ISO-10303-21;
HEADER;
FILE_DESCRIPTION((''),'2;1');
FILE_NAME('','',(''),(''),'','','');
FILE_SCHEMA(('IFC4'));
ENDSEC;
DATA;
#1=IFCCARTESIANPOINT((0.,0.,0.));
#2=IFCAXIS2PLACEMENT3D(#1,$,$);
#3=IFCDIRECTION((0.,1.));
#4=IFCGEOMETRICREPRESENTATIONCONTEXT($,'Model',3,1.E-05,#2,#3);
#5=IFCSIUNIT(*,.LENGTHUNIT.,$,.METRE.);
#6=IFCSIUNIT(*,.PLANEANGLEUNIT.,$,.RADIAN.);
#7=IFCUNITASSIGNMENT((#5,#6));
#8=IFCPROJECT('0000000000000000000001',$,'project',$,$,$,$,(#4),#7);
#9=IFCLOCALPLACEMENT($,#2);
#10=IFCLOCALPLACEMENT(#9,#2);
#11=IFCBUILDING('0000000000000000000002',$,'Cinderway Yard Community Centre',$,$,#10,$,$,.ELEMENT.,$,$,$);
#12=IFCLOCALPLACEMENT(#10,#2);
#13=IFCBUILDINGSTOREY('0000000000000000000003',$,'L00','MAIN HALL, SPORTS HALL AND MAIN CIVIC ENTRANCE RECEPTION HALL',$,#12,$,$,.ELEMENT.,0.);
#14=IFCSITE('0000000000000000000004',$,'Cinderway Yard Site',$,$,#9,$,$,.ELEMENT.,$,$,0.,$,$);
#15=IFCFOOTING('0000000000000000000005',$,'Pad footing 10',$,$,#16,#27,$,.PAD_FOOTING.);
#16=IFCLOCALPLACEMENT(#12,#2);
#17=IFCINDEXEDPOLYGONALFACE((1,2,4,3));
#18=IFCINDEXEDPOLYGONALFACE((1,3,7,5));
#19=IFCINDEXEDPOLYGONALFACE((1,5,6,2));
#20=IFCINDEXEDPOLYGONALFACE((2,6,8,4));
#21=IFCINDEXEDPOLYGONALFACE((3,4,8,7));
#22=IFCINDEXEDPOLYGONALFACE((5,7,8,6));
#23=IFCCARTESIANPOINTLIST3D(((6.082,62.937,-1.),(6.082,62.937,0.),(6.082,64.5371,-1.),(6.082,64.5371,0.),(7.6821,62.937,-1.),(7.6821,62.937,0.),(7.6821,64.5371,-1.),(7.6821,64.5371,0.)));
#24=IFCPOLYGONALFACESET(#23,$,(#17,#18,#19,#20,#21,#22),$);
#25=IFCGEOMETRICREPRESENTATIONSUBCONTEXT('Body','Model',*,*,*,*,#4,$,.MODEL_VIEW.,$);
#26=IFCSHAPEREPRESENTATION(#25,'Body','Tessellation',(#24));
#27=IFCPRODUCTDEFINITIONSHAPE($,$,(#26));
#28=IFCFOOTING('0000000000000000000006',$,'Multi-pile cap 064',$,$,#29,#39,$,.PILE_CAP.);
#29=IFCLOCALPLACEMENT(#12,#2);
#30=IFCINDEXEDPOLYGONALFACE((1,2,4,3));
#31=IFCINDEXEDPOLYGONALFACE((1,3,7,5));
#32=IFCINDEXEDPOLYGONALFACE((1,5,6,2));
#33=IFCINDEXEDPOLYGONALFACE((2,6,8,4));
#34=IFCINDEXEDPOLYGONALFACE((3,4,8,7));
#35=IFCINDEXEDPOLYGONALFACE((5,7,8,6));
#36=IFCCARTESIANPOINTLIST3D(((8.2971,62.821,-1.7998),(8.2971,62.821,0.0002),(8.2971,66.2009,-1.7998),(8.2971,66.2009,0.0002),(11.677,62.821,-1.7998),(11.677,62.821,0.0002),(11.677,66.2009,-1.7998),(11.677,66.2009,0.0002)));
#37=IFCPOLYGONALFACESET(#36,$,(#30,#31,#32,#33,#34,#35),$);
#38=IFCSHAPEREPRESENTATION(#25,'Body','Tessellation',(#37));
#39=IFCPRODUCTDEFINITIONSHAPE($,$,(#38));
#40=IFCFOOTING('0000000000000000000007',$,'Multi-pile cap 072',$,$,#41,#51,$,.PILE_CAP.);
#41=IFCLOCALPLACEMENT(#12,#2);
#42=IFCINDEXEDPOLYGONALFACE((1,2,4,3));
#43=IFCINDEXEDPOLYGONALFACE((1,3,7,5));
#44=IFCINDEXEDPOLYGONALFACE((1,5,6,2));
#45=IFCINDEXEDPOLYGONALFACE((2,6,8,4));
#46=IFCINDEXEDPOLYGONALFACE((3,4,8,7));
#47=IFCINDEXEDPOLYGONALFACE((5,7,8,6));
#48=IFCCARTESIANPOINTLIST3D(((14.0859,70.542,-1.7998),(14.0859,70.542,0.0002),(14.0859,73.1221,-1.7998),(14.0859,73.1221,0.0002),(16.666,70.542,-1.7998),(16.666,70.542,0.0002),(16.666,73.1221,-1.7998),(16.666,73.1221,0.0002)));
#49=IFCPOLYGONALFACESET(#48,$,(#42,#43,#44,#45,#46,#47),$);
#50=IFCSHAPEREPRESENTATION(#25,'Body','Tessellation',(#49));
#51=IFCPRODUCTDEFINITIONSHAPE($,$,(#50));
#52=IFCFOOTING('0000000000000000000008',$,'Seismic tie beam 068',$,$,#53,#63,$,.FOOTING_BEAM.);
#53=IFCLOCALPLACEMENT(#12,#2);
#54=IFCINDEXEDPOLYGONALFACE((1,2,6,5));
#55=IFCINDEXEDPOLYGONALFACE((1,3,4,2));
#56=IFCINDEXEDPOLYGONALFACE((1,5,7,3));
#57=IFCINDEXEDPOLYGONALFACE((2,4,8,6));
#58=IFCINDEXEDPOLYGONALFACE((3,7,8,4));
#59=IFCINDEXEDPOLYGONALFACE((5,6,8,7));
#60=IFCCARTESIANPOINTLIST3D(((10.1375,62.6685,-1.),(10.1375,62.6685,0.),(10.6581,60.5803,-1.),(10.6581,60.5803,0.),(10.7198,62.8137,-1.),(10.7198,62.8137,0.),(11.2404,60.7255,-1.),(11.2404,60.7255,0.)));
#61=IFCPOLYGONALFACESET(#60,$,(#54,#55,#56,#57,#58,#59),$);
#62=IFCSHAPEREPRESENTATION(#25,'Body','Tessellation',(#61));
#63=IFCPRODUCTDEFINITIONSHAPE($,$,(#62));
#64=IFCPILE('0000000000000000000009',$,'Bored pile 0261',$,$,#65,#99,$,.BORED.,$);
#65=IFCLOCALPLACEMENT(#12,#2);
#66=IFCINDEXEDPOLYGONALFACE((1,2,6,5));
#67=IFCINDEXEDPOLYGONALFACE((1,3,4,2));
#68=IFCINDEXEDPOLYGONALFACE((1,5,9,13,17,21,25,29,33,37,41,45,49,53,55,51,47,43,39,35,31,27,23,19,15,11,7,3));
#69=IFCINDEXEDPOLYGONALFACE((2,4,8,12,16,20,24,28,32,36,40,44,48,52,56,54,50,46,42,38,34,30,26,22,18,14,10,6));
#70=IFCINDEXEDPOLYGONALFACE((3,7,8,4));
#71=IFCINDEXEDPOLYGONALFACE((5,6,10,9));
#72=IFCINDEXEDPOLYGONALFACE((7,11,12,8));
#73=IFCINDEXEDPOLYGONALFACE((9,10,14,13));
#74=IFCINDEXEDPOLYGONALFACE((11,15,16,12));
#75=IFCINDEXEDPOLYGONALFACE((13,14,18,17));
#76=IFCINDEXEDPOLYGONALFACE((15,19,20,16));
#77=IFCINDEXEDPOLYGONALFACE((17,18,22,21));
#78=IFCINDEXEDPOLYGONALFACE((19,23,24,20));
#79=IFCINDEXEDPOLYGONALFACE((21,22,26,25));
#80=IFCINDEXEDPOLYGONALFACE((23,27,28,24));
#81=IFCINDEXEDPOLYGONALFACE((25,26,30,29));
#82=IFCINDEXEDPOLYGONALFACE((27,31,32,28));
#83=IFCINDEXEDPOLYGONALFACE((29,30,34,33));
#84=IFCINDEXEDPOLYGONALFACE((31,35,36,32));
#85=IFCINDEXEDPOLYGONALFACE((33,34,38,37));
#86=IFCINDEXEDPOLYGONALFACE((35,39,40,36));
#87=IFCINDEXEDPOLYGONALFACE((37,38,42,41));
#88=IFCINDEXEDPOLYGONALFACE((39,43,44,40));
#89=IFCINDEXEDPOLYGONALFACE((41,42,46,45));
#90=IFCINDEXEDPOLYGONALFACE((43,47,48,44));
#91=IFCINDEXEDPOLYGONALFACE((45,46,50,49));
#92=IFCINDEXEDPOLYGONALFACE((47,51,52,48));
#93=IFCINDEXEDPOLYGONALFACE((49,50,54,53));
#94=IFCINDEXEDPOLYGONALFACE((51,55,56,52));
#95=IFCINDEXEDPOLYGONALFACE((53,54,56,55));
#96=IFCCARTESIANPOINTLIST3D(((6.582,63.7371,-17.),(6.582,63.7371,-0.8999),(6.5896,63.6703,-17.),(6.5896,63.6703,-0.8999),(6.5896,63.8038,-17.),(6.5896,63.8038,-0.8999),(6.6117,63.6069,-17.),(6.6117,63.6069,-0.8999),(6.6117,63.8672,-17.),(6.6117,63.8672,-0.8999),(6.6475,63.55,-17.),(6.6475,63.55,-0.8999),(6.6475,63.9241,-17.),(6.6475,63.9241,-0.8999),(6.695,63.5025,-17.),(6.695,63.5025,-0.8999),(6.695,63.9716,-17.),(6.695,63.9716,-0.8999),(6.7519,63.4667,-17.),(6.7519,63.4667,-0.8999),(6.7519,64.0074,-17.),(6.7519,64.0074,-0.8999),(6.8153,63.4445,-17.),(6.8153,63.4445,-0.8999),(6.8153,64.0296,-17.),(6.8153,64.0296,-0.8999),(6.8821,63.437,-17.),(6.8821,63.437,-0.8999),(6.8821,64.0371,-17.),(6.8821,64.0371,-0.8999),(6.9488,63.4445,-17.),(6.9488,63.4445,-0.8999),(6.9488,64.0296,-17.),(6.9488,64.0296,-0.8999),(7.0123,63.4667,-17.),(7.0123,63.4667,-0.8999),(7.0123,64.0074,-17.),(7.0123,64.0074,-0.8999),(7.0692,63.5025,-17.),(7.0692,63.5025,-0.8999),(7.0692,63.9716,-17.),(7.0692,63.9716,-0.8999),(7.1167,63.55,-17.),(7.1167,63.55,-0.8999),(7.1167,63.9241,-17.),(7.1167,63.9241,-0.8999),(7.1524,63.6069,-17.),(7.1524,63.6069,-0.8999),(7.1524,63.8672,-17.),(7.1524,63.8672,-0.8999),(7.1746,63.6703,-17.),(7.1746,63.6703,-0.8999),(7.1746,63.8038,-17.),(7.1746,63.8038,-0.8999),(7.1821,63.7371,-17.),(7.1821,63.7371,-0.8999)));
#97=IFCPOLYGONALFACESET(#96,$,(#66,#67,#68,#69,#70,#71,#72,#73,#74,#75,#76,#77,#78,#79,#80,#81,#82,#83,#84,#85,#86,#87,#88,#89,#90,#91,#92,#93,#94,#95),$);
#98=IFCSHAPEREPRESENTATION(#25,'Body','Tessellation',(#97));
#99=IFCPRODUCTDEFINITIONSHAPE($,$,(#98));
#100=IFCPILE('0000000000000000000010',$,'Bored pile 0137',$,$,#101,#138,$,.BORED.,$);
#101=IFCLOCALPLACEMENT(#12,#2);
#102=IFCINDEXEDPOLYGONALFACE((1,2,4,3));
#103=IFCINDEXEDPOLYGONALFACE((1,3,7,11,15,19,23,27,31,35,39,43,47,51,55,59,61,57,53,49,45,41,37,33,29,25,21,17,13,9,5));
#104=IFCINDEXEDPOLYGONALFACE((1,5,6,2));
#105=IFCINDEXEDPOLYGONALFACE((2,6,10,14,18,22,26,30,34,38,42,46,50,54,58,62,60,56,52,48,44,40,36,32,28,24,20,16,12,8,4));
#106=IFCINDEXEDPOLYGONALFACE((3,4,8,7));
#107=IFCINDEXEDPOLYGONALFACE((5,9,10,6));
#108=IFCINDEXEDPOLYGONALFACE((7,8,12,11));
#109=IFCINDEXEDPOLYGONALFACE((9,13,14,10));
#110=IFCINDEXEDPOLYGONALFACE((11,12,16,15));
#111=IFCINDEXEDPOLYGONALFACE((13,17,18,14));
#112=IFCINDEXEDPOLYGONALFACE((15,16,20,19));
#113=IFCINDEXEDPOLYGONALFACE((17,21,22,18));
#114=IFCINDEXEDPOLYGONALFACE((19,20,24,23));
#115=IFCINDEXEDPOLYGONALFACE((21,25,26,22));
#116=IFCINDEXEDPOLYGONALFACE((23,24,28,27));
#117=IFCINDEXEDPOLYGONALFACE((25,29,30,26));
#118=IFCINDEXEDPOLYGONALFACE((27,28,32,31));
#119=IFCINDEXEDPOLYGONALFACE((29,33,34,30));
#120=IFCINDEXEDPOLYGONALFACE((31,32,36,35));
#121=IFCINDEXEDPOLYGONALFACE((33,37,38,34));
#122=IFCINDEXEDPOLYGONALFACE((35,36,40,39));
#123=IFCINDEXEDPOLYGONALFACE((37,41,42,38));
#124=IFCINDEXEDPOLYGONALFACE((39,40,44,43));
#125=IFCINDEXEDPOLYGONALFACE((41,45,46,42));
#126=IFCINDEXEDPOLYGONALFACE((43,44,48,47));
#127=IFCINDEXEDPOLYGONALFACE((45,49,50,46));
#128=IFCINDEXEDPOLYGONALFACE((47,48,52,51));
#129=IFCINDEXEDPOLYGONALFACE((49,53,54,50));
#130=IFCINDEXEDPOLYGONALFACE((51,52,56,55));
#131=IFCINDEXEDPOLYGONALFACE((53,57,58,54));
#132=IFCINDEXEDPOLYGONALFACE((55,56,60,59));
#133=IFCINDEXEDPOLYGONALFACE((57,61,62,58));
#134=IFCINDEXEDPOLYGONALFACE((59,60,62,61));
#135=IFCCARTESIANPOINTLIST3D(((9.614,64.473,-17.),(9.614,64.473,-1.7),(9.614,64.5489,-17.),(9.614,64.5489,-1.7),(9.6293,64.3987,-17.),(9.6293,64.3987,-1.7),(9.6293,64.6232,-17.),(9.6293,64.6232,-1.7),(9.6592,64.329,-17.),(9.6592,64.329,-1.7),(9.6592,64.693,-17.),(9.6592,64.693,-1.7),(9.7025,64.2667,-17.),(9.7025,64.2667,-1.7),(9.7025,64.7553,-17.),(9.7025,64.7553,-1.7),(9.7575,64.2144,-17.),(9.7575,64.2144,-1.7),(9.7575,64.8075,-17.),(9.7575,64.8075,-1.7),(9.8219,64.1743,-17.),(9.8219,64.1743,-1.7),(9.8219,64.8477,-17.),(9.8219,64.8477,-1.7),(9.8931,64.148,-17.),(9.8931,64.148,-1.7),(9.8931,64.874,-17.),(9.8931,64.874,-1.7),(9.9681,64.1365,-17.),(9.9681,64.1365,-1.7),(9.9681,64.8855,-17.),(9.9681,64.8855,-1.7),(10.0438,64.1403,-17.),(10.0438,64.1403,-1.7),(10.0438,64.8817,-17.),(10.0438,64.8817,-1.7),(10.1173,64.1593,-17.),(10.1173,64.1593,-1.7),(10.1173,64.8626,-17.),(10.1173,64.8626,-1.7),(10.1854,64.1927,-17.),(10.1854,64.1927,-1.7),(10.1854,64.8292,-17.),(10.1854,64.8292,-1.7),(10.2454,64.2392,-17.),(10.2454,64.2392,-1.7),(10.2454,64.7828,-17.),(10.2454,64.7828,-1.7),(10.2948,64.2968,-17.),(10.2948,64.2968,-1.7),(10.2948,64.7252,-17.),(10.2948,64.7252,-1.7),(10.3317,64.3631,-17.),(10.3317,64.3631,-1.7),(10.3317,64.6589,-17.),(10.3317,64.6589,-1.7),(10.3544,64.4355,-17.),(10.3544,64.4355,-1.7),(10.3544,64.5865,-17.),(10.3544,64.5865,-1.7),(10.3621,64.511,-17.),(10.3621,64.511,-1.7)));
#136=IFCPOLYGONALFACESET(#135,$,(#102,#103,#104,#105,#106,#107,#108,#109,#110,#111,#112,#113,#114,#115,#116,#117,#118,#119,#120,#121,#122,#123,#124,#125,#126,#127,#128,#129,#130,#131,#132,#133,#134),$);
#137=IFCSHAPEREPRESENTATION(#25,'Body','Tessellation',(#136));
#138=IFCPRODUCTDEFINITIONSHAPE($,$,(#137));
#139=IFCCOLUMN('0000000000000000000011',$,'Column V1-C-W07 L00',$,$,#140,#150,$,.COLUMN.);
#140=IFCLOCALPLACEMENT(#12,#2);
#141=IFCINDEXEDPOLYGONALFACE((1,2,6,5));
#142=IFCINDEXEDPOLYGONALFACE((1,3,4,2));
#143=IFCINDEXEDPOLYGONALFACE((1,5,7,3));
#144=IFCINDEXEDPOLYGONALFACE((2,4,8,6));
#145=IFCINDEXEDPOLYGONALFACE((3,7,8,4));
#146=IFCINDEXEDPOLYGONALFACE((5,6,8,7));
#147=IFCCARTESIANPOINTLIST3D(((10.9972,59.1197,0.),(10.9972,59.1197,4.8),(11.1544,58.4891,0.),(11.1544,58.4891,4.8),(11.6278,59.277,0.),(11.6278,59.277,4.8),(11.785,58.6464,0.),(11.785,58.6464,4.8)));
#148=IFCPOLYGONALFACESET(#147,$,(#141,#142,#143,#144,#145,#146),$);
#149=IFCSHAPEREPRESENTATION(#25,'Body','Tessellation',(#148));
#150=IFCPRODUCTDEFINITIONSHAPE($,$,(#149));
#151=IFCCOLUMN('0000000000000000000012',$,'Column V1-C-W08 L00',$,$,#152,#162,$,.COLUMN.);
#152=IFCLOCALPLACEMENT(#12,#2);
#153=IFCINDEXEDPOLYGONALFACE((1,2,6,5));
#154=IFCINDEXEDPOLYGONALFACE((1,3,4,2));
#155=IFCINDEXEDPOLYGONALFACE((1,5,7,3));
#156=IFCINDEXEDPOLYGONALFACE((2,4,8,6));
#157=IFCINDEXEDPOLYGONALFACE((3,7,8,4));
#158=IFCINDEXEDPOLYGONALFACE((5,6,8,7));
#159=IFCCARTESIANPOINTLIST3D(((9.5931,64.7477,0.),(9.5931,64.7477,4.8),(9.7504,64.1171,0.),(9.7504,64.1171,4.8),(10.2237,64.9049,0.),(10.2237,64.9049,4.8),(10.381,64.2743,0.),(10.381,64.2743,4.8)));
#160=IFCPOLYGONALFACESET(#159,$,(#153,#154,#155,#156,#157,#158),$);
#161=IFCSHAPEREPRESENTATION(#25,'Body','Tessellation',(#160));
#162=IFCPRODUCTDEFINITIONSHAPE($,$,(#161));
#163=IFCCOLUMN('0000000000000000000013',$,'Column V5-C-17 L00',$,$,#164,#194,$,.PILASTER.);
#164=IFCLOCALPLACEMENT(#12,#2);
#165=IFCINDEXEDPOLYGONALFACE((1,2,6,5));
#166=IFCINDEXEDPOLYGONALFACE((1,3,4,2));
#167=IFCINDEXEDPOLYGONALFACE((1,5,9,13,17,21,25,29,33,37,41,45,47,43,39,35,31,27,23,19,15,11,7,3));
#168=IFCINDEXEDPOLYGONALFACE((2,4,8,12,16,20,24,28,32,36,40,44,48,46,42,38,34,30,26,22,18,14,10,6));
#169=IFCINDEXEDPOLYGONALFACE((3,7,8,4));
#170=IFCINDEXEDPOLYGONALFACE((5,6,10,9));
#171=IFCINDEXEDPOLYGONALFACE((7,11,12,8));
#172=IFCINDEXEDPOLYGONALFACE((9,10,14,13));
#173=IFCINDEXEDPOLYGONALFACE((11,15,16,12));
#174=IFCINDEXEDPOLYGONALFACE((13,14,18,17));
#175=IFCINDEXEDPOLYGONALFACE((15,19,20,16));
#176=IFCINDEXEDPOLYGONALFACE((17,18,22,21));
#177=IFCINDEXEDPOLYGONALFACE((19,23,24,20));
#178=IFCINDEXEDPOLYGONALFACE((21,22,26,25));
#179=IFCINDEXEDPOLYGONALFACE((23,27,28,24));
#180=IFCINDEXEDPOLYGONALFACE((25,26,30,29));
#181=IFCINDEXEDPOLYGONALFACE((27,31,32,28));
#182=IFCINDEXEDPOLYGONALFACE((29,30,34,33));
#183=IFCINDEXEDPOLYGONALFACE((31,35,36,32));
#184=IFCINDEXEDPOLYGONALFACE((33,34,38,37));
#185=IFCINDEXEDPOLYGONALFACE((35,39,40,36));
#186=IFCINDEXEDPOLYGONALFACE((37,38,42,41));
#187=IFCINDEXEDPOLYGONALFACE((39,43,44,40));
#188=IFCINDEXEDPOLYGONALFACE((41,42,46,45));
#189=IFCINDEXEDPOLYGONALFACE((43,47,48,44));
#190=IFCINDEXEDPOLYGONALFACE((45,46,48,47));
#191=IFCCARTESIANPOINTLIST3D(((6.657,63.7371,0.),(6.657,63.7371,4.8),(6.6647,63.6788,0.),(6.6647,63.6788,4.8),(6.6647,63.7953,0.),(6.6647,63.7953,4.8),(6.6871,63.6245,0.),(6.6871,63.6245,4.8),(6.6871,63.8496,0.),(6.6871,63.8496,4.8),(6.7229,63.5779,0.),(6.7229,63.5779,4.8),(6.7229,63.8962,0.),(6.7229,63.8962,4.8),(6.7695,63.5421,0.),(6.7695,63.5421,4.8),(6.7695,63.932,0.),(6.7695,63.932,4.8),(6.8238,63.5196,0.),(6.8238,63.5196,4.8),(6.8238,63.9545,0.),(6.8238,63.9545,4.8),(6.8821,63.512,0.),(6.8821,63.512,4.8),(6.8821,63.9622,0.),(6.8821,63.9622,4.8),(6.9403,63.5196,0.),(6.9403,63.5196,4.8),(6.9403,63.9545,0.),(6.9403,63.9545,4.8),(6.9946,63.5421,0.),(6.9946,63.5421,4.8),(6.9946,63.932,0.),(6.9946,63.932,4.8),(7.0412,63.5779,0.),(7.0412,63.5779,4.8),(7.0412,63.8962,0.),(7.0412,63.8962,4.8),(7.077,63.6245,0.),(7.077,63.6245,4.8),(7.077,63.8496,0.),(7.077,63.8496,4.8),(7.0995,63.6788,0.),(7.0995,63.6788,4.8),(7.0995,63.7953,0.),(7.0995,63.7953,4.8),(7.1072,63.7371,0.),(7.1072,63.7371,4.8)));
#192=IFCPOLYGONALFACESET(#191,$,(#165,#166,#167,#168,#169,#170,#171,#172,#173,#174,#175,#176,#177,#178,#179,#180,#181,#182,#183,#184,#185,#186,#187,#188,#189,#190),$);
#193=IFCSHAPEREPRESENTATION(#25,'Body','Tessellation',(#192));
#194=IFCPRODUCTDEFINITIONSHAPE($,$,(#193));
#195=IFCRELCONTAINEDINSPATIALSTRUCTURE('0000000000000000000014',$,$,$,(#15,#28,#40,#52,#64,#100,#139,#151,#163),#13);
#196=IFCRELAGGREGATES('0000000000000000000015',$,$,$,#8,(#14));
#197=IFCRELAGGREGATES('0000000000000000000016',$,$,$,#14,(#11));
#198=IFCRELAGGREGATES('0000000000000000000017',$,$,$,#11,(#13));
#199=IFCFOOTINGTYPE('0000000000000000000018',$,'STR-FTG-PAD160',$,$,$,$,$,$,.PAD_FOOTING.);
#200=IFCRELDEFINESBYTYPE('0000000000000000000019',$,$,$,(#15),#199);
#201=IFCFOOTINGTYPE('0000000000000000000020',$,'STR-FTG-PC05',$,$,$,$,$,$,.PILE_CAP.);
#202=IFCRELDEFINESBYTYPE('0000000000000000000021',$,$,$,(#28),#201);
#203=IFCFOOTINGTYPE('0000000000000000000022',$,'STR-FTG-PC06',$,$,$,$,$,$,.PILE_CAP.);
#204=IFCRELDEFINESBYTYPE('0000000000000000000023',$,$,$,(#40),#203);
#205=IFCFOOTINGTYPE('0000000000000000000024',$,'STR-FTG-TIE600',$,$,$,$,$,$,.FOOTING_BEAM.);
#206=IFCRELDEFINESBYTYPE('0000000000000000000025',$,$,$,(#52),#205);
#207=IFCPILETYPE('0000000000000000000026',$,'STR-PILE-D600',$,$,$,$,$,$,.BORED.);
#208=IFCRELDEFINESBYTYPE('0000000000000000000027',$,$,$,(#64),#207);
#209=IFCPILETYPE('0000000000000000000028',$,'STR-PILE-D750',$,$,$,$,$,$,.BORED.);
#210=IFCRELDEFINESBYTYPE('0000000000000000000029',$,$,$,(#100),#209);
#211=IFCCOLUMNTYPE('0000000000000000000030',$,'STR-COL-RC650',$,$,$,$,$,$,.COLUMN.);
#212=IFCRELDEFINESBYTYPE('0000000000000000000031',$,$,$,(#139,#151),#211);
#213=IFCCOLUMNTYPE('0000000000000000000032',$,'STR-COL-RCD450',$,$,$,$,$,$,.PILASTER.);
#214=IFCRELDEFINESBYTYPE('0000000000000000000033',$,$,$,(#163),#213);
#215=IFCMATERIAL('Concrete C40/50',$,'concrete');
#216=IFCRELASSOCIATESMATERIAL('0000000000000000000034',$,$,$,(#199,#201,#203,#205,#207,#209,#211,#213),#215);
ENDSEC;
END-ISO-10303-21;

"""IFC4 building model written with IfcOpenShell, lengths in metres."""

from ifc_helpers import new_model, si_unit, direction, frame, origin, origin_2d, place, context, subcontext, project, spatial, rectangle, circle, extrude, material, material_profile, profile_set, type_object, element, save


model = new_model("IFC4")

# Units and contexts
model_context = context("Model", 3, precision=1e-05, world=origin(), true_north=direction((0.0, 1.0)))
body_context = subcontext(model_context, "Body", "Model", "MODEL_VIEW")
ifc_project = project(units=[si_unit("LENGTHUNIT", "METRE"), si_unit("PLANEANGLEUNIT", "RADIAN")], contexts=[model_context])

# Site, building, storey
site_placement = place(None, origin())
site = spatial("IfcSite", under=ifc_project, at=site_placement, Name="Cinderway Yard Site", CompositionType="ELEMENT", RefElevation=0.0)
building_placement = place(site_placement, origin())
building = spatial("IfcBuilding", under=site, at=building_placement, Name="Cinderway Yard Community Centre", CompositionType="ELEMENT")
storey_placement = place(building_placement, origin())
storey = spatial("IfcBuildingStorey", under=building, at=storey_placement, Name="L00", Description="MAIN HALL, SPORTS HALL AND MAIN CIVIC ENTRANCE RECEPTION HALL", CompositionType="ELEMENT", Elevation=0.0)

# Footings
ifc_material_1 = material(Name="Concrete C40/50", Category="concrete")
footing_type_1 = type_object("IfcFootingType", Name="STR-FTG-PAD160", PredefinedType="PAD_FOOTING", material=ifc_material_1)
footing_1_placement = place(storey_placement, frame((6.8821, 63.7371, -1.0), z_axis=(0.0, 0.0, 1.0), x_axis=(1.0, 0.0, 0.0)))
element("IfcFooting", 1, at=footing_1_placement, inside=storey, type_object=footing_type_1, Name="Pad footing 10", PredefinedType="PAD_FOOTING", context=body_context, shape_type="SweptSolid", body=[
    extrude(rectangle(XDim=1.6001, YDim=1.6001, at=origin_2d()), origin(), (0.0, 0.0, 1.0), 1.0),
])
footing_type_2 = type_object("IfcFootingType", Name="STR-FTG-PC05", PredefinedType="PILE_CAP", material=ifc_material_1)
footing_2_placement = place(storey_placement, frame((9.9871, 64.511, -1.7998), z_axis=(0.0, 0.0, 1.0), x_axis=(1.0, 0.0, 0.0)))
element("IfcFooting", 2, at=footing_2_placement, inside=storey, type_object=footing_type_2, Name="Multi-pile cap 064", PredefinedType="PILE_CAP", context=body_context, shape_type="SweptSolid", body=[
    extrude(rectangle(XDim=3.3799, YDim=3.3799, at=origin_2d()), origin(), (0.0, 0.0, 1.0), 1.8),
])
footing_type_3 = type_object("IfcFootingType", Name="STR-FTG-PC06", PredefinedType="PILE_CAP", material=ifc_material_1)
footing_3_placement = place(storey_placement, frame((15.376, 71.832, -1.7998), z_axis=(0.0, 0.0, 1.0), x_axis=(1.0, 0.0, 0.0)))
element("IfcFooting", 3, at=footing_3_placement, inside=storey, type_object=footing_type_3, Name="Multi-pile cap 072", PredefinedType="PILE_CAP", context=body_context, shape_type="SweptSolid", body=[
    extrude(rectangle(XDim=2.5801, YDim=2.5801, at=origin_2d()), origin(), (0.0, 0.0, 1.0), 1.8),
])
footing_type_4 = type_object("IfcFootingType", Name="STR-FTG-TIE600", PredefinedType="FOOTING_BEAM", material=ifc_material_1)
footing_4_placement = place(storey_placement, frame((10.689, 61.697, -1.0), z_axis=(0.0, 0.0, 1.0), x_axis=(-0.241922, 0.970296, 0.0)))
element("IfcFooting", 4, at=footing_4_placement, inside=storey, type_object=footing_type_4, Name="Seismic tie beam 068", PredefinedType="FOOTING_BEAM", context=body_context, shape_type="SweptSolid", body=[
    extrude(rectangle(XDim=2.1521, YDim=0.6001, at=origin_2d()), origin(), (0.0, 0.0, 1.0), 1.0),
])

# Piles
ifc_material_profile_1 = material_profile(ifc_material_1, circle(Radius=0.3, at=origin_2d()), Name="Concrete C40/50")
ifc_profile_set_1 = profile_set([ifc_material_profile_1], Name="Concrete C40/50")
pile_type_1 = type_object("IfcPileType", Name="STR-PILE-D600", PredefinedType="BORED", material=ifc_profile_set_1)
pile_1_placement = place(storey_placement, frame((6.8821, 63.7371, -0.8999), z_axis=(0.0, 0.0, -1.0), x_axis=(1.0, 0.0, 0.0)))
element("IfcPile", 5, at=pile_1_placement, inside=storey, type_object=pile_type_1, Name="Bored pile 0261", PredefinedType="BORED", context=body_context, shape_type="SweptSolid", body=[
    extrude(circle(Radius=0.3, at=origin_2d()), origin(), (0.0, 0.0, 1.0), 16.1001),
])
ifc_material_profile_2 = material_profile(ifc_material_1, circle(Radius=0.375, at=origin_2d()), Name="Concrete C40/50")
ifc_profile_set_2 = profile_set([ifc_material_profile_2], Name="Concrete C40/50")
pile_type_2 = type_object("IfcPileType", Name="STR-PILE-D750", PredefinedType="BORED", material=ifc_profile_set_2)
pile_2_placement = place(storey_placement, frame((9.9871, 64.511, -1.7), z_axis=(0.0, 0.0, -1.0), x_axis=(1.0, 0.0, 0.0)))
element("IfcPile", 6, at=pile_2_placement, inside=storey, type_object=pile_type_2, Name="Bored pile 0137", PredefinedType="BORED", context=body_context, shape_type="SweptSolid", body=[
    extrude(circle(Radius=0.375, at=origin_2d()), origin(), (0.0, 0.0, 1.0), 15.3),
])

# Columns
ifc_material_profile_3 = material_profile(ifc_material_1, rectangle(XDim=0.6499, YDim=0.6499, at=origin_2d()), Name="Concrete C40/50")
ifc_profile_set_3 = profile_set([ifc_material_profile_3], Name="Concrete C40/50")
column_type_1 = type_object("IfcColumnType", Name="STR-COL-RC650", PredefinedType="COLUMN", material=ifc_profile_set_3)
for number, where, z_axis, x_axis, name in (
    (7, (11.3911, 58.8831, 0.0), (0.0, 0.0, 1.0), (0.970296, 0.241922, 0.0), "Column V1-C-W07 L00"),
    (8, (9.9871, 64.511, 0.0), (0.0, 0.0, 1.0), (0.970296, 0.241922, 0.0), "Column V1-C-W08 L00"),
):
    element("IfcColumn", number, at=place(storey_placement, frame(where, z_axis=z_axis, x_axis=x_axis)), inside=storey, type_object=column_type_1, Name=name, PredefinedType="COLUMN", context=body_context, shape_type="SweptSolid", body=[
        extrude(rectangle(XDim=0.6499, YDim=0.6499, at=origin_2d()), origin(), (0.0, 0.0, 1.0), 4.8),
    ])
ifc_material_profile_4 = material_profile(ifc_material_1, circle(Radius=0.2251, at=origin_2d()), Name="Concrete C40/50")
ifc_profile_set_4 = profile_set([ifc_material_profile_4], Name="Concrete C40/50")
column_type_2 = type_object("IfcColumnType", Name="STR-COL-RCD450", PredefinedType="PILASTER", material=ifc_profile_set_4)
column_placement = place(storey_placement, frame((6.8821, 63.7371, 0.0), z_axis=(0.0, 0.0, 1.0), x_axis=(1.0, 0.0, 0.0)))
element("IfcColumn", 9, at=column_placement, inside=storey, type_object=column_type_2, Name="Column V5-C-17 L00", PredefinedType="PILASTER", context=body_context, shape_type="SweptSolid", body=[
    extrude(circle(Radius=0.2251, at=origin_2d()), origin(), (0.0, 0.0, 1.0), 4.8),
])

save(model, "model.ifc")
